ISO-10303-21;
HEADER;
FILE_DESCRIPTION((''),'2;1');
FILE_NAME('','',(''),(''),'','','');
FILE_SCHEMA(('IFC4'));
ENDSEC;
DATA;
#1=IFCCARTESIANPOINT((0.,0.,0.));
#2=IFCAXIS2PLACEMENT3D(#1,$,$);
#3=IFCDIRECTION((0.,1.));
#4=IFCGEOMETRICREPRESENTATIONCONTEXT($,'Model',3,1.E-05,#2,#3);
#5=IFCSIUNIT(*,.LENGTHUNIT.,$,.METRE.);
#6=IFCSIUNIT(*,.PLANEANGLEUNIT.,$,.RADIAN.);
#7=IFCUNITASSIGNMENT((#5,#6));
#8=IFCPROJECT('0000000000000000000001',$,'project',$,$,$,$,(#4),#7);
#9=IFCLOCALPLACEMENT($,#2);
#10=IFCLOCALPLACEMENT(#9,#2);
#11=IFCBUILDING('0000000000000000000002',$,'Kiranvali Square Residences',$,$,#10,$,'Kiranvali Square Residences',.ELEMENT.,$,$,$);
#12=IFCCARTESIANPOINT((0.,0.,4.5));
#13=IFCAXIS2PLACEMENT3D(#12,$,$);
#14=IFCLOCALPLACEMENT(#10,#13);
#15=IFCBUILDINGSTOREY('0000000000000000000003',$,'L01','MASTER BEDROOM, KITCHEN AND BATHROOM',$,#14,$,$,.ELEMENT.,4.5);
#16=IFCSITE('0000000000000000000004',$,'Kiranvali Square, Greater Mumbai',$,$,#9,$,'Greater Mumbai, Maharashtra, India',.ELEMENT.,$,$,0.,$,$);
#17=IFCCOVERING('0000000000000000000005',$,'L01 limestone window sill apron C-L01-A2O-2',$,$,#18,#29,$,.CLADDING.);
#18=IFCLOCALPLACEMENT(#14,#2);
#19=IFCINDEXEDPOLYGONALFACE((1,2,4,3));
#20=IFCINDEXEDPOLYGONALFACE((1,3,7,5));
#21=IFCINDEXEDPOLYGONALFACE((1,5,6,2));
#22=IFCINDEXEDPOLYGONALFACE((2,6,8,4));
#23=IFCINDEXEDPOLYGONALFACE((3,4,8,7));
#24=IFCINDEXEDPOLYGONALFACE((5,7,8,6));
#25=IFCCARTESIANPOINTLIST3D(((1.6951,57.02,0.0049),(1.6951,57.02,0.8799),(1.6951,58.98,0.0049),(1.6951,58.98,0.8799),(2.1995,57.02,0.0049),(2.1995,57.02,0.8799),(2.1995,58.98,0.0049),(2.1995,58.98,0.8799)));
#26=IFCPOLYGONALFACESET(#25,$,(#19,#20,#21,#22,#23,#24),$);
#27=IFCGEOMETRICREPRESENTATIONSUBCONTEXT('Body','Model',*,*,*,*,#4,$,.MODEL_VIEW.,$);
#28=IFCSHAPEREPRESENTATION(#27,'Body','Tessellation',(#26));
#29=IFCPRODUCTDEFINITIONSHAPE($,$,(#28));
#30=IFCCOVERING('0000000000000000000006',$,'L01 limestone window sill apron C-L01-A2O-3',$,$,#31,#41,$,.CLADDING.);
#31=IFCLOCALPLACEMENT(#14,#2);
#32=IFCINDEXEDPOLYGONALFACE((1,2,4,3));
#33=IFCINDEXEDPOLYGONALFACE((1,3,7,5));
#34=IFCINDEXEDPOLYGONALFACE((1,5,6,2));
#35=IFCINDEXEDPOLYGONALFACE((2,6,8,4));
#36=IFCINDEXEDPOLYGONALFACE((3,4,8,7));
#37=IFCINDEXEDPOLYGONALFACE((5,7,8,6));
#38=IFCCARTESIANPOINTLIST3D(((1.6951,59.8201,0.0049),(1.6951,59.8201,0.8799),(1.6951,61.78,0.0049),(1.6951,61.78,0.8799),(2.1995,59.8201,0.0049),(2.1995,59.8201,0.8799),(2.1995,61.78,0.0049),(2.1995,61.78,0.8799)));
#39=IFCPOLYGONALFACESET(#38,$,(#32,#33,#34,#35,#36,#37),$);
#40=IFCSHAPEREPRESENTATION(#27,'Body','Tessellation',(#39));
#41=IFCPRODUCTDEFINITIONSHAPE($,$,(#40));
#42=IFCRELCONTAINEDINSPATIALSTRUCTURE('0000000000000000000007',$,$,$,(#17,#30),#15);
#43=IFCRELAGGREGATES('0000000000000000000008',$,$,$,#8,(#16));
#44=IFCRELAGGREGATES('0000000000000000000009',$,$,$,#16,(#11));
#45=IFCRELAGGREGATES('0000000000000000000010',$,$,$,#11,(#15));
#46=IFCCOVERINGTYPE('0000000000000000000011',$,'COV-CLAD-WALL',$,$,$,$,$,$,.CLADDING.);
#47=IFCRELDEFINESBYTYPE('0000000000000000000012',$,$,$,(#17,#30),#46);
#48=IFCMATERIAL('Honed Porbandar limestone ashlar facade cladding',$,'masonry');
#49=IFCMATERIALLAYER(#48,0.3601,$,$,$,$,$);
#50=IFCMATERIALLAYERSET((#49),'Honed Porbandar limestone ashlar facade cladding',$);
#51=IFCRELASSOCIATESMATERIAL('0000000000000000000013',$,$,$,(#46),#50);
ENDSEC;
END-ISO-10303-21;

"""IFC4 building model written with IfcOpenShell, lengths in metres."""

from ifc_helpers import new_model, si_unit, direction, frame, origin, place, context, subcontext, project, spatial, polyline, outline, extrude, material, layer, layer_set, type_object, element, save


model = new_model("IFC4")

# Units and contexts
model_context = context("Model", 3, precision=1e-05, world=origin(), true_north=direction((0.0, 1.0)))
body_context = subcontext(model_context, "Body", "Model", "MODEL_VIEW")
ifc_project = project(units=[si_unit("LENGTHUNIT", "METRE"), si_unit("PLANEANGLEUNIT", "RADIAN")], contexts=[model_context])

# Site, building, storey
site_placement = place(None, origin())
site = spatial("IfcSite", under=ifc_project, at=site_placement, Name="Kiranvali Square, Greater Mumbai", LongName="Greater Mumbai, Maharashtra, India", CompositionType="ELEMENT", RefElevation=0.0)
building_placement = place(site_placement, origin())
building = spatial("IfcBuilding", under=site, at=building_placement, Name="Kiranvali Square Residences", LongName="Kiranvali Square Residences", CompositionType="ELEMENT")
storey_placement = place(building_placement, frame((0.0, 0.0, 4.5)))
storey = spatial("IfcBuildingStorey", under=building, at=storey_placement, Name="L01", Description="MASTER BEDROOM, KITCHEN AND BATHROOM", CompositionType="ELEMENT", Elevation=4.5)

# Coverings
ifc_material_1 = material(Name="Honed Porbandar limestone ashlar facade cladding", Category="masonry")
ifc_layer_1 = layer(ifc_material_1, 0.3601)
ifc_layer_set_1 = layer_set([ifc_layer_1], Name="Honed Porbandar limestone ashlar facade cladding")
covering_type_1 = type_object("IfcCoveringType", Name="COV-CLAD-WALL", PredefinedType="CLADDING", material=ifc_layer_set_1)
covering_1_placement = place(storey_placement, frame((0.0, 0.0, 0.0049)))
element("IfcCovering", 1, at=covering_1_placement, inside=storey, type_object=covering_type_1, Name="L01 limestone window sill apron C-L01-A2O-2", PredefinedType="CLADDING", context=body_context, shape_type="SweptSolid", body=[
    extrude(outline(polyline([(2.1995, 57.02), (2.1995, 58.98), (1.6951, 58.98), (1.6951, 57.02), (2.1995, 57.02)])), origin(), (0.0, 0.0, 1.0), 0.875),
])
covering_2_placement = place(storey_placement, frame((0.0, 0.0, 0.0049)))
element("IfcCovering", 2, at=covering_2_placement, inside=storey, type_object=covering_type_1, Name="L01 limestone window sill apron C-L01-A2O-3", PredefinedType="CLADDING", context=body_context, shape_type="SweptSolid", body=[
    extrude(outline(polyline([(2.1995, 59.8201), (2.1995, 61.78), (1.6951, 61.78), (1.6951, 59.8201), (2.1995, 59.8201)])), origin(), (0.0, 0.0, 1.0), 0.875),
])

save(model, "model.ifc")
